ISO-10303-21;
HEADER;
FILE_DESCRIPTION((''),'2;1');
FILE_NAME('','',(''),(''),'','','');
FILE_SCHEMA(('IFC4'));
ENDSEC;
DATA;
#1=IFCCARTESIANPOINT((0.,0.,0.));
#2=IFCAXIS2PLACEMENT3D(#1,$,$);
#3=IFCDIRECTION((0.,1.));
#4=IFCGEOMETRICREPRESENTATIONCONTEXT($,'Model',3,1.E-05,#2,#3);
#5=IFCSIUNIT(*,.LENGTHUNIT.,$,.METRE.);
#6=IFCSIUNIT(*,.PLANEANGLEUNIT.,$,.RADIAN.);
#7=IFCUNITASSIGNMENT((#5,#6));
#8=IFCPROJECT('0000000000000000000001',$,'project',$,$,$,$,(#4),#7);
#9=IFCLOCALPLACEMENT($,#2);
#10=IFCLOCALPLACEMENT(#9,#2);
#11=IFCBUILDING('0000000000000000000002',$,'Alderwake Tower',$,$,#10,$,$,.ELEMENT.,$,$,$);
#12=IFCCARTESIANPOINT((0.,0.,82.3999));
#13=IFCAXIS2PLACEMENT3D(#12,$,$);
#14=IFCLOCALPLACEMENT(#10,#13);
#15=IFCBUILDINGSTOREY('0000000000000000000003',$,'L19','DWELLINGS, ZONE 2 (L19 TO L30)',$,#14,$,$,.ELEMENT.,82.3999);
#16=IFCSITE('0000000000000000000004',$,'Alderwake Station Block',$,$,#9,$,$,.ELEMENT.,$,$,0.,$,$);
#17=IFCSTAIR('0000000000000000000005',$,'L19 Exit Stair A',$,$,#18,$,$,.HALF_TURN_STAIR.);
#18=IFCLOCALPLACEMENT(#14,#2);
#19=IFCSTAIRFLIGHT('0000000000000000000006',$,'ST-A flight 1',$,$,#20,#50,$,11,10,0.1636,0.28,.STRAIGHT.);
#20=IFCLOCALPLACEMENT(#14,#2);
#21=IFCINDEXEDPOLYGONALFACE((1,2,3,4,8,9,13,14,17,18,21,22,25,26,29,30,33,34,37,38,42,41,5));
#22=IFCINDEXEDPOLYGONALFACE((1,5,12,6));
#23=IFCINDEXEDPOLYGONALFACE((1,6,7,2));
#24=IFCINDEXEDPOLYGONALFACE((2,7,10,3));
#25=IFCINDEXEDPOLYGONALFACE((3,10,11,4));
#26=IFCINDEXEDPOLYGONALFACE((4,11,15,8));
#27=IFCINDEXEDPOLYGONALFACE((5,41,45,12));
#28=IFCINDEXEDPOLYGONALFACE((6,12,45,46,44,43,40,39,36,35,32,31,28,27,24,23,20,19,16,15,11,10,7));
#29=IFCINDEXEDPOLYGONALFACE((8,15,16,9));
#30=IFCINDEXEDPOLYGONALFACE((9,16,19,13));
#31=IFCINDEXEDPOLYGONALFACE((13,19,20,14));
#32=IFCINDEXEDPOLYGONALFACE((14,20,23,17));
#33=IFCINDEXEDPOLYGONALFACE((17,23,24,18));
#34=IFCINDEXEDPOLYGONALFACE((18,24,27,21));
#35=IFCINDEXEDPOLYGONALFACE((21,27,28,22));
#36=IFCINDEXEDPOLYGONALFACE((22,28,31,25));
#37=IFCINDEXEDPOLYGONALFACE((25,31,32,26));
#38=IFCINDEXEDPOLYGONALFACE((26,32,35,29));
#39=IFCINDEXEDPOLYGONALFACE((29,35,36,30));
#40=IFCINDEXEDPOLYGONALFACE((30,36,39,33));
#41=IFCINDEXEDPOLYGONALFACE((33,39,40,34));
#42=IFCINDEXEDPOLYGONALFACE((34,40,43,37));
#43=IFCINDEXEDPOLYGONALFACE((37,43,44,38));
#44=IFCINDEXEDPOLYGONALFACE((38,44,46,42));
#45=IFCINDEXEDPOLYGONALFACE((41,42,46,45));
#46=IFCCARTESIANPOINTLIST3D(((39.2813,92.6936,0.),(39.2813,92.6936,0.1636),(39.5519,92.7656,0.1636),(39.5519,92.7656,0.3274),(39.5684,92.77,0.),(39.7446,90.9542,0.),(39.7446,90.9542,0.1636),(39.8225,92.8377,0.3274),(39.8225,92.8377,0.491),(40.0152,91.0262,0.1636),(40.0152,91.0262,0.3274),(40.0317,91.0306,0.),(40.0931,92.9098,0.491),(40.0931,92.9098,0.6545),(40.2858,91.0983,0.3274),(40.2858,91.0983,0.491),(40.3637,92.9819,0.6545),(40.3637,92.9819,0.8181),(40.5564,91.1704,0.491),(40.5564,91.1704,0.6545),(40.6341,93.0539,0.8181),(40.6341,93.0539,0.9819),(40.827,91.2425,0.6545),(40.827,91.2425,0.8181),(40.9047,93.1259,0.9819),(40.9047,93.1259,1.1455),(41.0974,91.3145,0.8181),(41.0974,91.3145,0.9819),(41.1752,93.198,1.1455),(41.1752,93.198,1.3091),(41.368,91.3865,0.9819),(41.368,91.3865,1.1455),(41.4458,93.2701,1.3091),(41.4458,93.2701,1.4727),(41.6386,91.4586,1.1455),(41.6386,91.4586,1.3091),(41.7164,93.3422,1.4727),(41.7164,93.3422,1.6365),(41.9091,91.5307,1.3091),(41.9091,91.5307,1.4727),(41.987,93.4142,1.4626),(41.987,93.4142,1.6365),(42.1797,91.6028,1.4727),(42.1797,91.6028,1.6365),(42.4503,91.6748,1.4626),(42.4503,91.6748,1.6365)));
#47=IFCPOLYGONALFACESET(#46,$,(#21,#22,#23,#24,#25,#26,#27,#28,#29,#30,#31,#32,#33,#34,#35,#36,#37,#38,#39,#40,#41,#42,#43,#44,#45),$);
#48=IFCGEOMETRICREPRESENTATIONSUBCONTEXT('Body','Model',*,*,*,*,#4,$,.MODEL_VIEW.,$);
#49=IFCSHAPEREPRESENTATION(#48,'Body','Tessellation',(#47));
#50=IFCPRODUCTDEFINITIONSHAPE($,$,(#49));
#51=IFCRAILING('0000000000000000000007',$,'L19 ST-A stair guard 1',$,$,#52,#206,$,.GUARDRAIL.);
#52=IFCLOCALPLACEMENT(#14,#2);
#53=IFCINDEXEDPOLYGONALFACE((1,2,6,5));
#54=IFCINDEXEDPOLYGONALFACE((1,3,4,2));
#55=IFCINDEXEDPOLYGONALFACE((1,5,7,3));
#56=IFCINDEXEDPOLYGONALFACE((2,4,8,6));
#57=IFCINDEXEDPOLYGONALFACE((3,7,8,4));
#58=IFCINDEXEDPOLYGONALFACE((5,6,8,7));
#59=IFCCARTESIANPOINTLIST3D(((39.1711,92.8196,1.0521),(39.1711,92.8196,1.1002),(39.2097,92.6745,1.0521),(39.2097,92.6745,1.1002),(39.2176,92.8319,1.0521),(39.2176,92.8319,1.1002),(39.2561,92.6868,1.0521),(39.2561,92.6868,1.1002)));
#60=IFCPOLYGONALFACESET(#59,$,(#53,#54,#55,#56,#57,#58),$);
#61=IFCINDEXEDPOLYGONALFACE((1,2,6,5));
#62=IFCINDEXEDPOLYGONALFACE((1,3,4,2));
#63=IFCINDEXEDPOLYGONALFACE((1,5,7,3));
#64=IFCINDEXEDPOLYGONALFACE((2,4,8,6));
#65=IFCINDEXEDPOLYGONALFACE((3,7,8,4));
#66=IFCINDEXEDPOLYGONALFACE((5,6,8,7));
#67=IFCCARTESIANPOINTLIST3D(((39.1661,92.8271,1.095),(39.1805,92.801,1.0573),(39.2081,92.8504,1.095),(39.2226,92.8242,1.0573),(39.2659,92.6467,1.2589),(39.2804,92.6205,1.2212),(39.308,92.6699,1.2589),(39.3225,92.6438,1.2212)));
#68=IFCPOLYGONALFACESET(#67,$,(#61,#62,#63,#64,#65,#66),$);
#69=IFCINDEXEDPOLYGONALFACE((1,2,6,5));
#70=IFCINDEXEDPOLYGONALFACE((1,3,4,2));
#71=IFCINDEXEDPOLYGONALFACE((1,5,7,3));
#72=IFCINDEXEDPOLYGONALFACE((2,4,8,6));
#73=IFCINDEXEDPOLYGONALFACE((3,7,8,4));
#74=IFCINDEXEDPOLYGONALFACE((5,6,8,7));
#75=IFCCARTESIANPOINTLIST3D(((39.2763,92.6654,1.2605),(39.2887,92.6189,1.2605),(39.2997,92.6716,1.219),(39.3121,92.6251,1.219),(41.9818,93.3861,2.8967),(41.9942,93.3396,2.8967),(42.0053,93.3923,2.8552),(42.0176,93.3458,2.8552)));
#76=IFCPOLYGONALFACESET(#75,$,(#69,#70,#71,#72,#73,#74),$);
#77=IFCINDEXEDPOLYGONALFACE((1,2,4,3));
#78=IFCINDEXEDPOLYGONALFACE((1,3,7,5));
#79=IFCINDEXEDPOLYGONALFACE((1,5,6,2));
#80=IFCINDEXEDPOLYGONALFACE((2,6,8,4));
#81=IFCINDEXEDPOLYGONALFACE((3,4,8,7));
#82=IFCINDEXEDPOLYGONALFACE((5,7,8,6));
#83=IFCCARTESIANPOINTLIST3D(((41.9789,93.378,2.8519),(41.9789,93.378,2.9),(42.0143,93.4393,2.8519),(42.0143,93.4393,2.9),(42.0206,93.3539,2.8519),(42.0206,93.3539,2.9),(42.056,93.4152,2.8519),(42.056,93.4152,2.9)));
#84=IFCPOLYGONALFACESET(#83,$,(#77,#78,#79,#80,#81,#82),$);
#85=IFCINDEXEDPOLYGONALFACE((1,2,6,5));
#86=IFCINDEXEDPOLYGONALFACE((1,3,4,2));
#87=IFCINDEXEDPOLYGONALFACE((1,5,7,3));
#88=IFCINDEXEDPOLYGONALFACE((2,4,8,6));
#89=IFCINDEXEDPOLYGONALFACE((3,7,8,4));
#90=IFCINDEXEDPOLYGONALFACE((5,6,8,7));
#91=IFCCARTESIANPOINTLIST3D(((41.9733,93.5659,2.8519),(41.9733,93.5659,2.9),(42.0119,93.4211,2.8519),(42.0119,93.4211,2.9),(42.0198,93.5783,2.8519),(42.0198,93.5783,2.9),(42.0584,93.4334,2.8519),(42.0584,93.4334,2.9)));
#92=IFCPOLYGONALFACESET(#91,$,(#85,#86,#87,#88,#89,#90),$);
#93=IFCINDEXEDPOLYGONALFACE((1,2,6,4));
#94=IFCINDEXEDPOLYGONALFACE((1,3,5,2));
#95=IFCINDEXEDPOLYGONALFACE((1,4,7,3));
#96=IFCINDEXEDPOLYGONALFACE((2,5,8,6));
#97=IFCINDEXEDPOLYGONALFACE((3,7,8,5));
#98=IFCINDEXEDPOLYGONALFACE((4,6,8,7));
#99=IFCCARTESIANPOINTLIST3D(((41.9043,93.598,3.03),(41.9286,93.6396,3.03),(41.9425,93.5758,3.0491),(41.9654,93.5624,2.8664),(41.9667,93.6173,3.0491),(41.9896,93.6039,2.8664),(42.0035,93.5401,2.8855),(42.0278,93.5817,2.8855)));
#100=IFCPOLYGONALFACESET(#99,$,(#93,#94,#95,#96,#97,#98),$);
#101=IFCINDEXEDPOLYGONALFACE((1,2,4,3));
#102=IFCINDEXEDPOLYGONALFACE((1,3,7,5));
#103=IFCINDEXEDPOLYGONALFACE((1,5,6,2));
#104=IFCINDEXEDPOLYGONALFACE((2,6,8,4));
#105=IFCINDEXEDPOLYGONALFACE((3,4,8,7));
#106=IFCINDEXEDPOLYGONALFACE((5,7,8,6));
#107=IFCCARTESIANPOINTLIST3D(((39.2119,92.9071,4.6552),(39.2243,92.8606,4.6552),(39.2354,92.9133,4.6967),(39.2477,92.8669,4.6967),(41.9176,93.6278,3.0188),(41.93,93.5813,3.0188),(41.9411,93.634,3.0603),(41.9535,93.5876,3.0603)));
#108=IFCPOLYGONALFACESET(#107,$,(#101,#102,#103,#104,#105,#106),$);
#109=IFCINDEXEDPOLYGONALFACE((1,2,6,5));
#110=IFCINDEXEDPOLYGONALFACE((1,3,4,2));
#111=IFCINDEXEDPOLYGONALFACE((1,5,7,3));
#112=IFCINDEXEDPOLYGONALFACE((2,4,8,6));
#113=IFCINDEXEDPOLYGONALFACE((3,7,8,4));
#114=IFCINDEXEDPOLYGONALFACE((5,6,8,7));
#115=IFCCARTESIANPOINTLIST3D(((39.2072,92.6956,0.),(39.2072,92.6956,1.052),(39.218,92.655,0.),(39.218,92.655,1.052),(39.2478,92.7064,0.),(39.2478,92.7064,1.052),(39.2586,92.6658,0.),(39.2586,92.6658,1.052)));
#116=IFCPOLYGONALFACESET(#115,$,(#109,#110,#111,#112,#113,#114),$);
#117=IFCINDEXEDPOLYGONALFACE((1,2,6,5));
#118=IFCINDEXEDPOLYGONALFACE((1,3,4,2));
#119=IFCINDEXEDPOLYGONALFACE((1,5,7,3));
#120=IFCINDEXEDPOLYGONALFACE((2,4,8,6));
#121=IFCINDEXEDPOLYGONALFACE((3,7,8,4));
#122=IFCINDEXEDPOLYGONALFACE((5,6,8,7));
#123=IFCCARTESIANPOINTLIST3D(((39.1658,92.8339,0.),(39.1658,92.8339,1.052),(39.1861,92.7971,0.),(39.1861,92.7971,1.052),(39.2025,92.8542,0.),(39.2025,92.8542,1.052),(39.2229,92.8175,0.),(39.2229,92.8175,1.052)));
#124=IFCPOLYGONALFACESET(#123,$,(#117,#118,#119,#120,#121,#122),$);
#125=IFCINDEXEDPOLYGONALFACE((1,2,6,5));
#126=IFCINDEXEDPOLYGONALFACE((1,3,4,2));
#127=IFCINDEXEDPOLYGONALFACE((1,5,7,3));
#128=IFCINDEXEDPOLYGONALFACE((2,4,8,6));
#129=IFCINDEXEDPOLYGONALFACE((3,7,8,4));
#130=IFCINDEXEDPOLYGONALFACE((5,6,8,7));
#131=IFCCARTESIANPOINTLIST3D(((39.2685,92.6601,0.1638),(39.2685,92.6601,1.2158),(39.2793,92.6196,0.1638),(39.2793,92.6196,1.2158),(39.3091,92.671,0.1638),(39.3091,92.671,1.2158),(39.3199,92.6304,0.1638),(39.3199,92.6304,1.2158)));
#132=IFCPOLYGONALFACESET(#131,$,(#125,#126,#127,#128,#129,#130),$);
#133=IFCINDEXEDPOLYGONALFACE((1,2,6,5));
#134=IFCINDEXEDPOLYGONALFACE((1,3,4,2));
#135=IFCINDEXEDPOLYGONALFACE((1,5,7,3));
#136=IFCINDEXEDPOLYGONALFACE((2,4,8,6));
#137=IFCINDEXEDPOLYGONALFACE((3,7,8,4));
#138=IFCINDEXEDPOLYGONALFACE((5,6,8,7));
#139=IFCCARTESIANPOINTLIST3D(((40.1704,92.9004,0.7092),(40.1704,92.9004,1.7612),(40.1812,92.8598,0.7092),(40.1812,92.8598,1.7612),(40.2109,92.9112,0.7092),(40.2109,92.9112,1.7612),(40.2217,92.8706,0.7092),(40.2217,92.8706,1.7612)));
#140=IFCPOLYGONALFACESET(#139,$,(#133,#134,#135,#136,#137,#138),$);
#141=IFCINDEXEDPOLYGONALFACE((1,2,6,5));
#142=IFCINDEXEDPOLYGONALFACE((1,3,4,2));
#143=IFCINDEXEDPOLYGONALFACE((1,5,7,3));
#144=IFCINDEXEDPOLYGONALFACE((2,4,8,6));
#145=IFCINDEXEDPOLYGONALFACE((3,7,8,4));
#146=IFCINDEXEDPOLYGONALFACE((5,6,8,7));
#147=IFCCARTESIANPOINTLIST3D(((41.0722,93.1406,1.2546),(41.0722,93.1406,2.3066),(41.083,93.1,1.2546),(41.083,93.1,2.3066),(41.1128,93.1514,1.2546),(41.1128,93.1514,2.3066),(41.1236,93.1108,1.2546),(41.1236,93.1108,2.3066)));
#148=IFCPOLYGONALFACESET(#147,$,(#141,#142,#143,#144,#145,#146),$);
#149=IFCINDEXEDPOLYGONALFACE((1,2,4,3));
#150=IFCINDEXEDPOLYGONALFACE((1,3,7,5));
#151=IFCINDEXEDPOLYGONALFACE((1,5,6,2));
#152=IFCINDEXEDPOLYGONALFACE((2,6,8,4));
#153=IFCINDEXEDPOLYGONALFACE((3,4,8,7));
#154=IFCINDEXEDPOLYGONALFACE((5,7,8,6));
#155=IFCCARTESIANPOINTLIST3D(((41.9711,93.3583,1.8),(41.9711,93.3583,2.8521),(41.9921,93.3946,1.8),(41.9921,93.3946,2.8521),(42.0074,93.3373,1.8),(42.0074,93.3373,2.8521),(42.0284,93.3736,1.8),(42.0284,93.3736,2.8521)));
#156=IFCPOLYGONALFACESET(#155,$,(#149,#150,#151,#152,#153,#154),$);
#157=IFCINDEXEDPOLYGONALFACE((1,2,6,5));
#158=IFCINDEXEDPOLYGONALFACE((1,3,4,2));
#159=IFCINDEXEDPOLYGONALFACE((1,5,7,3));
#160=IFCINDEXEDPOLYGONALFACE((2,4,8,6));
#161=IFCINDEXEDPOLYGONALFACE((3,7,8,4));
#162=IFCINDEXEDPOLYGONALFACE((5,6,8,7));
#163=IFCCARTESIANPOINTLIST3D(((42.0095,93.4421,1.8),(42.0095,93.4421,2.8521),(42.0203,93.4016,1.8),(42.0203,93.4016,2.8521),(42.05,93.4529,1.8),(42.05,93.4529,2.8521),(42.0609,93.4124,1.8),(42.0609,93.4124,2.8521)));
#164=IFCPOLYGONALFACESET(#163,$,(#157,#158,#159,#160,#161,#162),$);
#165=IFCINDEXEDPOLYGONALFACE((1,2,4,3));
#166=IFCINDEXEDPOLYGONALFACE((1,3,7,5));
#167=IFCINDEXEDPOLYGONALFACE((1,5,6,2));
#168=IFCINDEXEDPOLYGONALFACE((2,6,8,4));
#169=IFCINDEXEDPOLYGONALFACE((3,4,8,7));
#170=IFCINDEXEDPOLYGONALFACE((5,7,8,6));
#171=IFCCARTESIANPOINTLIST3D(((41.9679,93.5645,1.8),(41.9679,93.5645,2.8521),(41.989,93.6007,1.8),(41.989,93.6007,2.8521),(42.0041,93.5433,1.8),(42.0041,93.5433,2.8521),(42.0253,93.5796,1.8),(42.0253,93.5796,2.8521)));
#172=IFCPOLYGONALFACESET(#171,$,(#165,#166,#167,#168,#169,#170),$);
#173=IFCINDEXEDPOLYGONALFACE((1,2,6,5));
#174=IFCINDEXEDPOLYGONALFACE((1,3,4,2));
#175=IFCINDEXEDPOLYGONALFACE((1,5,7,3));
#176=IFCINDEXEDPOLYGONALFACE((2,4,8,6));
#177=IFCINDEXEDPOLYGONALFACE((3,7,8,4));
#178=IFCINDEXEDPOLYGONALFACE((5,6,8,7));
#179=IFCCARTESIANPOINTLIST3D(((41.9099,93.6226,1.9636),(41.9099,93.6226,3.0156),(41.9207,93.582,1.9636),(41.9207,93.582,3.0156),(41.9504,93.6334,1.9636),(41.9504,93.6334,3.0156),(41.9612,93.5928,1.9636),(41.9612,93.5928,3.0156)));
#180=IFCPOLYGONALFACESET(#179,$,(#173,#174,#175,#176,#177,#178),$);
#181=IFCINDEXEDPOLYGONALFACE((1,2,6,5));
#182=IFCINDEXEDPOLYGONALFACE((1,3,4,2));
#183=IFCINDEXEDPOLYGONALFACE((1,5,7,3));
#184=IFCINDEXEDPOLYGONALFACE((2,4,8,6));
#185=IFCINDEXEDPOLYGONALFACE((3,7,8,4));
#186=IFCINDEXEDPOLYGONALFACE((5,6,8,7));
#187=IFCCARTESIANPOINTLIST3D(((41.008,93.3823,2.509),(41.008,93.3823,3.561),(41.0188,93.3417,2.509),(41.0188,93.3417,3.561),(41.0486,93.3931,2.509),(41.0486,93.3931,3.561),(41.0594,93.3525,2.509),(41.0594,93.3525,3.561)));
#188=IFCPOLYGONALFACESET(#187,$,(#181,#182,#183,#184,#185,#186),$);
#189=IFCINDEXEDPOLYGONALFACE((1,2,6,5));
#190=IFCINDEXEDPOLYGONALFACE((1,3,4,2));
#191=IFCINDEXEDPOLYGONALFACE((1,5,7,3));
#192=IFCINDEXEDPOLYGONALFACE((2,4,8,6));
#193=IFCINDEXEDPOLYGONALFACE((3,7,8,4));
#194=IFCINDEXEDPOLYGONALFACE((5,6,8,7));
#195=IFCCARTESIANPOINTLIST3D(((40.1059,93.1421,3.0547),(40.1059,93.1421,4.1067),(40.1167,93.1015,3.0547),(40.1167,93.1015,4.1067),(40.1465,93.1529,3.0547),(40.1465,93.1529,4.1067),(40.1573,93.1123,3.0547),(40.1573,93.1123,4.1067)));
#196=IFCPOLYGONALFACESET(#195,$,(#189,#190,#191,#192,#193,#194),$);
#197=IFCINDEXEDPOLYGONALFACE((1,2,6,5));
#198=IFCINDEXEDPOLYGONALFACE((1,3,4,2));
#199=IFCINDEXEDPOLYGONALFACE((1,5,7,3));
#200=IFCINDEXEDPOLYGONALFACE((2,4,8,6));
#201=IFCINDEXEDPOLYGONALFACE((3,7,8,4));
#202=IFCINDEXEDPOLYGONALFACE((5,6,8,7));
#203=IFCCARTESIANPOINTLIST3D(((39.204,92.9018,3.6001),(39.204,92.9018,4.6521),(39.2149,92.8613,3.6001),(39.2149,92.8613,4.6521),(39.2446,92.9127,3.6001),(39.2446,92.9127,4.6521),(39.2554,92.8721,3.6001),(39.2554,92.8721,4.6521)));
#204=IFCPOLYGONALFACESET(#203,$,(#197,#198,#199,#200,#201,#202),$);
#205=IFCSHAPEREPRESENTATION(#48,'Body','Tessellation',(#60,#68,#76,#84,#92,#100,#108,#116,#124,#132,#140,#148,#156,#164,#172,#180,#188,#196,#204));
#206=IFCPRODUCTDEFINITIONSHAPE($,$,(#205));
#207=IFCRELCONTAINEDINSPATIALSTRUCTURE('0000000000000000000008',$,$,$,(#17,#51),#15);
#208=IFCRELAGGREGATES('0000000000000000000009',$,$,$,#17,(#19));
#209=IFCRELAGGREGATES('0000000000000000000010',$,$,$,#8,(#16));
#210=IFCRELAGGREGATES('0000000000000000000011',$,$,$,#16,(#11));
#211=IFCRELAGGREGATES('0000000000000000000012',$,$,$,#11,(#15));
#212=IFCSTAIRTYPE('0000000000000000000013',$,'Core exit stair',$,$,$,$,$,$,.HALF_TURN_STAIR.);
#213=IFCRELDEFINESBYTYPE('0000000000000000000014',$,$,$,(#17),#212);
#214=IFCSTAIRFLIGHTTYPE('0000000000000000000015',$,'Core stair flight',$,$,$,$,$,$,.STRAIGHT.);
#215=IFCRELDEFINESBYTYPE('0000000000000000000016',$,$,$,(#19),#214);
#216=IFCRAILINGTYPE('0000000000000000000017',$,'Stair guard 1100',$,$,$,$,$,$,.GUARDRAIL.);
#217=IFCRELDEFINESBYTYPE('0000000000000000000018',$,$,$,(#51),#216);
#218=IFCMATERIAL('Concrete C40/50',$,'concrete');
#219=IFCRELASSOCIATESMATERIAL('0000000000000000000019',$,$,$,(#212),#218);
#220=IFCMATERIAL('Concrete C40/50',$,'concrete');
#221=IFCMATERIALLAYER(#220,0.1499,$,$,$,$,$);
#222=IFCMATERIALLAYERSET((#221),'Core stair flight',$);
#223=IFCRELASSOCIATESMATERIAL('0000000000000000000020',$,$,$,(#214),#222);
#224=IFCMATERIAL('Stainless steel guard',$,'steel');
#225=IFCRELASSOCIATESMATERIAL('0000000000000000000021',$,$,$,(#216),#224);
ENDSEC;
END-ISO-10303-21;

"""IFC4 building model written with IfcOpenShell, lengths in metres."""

from ifc_helpers import new_model, si_unit, direction, frame, origin, origin_2d, place, context, subcontext, project, spatial, polyline, rectangle, outline, extrude, material, layer, layer_set, type_object, element, aggregate, save


model = new_model("IFC4")

# Units and contexts
model_context = context("Model", 3, precision=1e-05, world=origin(), true_north=direction((0.0, 1.0)))
body_context = subcontext(model_context, "Body", "Model", "MODEL_VIEW")
ifc_project = project(units=[si_unit("LENGTHUNIT", "METRE"), si_unit("PLANEANGLEUNIT", "RADIAN")], contexts=[model_context])

# Site, building, storey
site_placement = place(None, origin())
site = spatial("IfcSite", under=ifc_project, at=site_placement, Name="Alderwake Station Block", CompositionType="ELEMENT", RefElevation=0.0)
building_placement = place(site_placement, origin())
building = spatial("IfcBuilding", under=site, at=building_placement, Name="Alderwake Tower", CompositionType="ELEMENT")
storey_placement = place(building_placement, frame((0.0, 0.0, 82.3999)))
storey = spatial("IfcBuildingStorey", under=building, at=storey_placement, Name="L19", Description="DWELLINGS, ZONE 2 (L19 TO L30)", CompositionType="ELEMENT", Elevation=82.3999)

# Stair, stair flight
ifc_material_1 = material(Name="Concrete C40/50", Category="concrete")
stair_type = type_object("IfcStairType", Name="Core exit stair", PredefinedType="HALF_TURN_STAIR", material=ifc_material_1)
stair_placement = place(storey_placement, origin())
stair = element("IfcStair", 1, at=stair_placement, inside=storey, type_object=stair_type, Name="L19 Exit Stair A", PredefinedType="HALF_TURN_STAIR")
ifc_material_2 = material(Name="Concrete C40/50", Category="concrete")
ifc_layer_1 = layer(ifc_material_2, 0.1499)
ifc_layer_set_1 = layer_set([ifc_layer_1], Name="Core stair flight")
stair_flight_type = type_object("IfcStairFlightType", Name="Core stair flight", PredefinedType="STRAIGHT", material=ifc_layer_set_1)
stair_flight_placement = place(storey_placement, frame((39.5129, 91.824, 0.0), z_axis=(0.0, 0.0, 1.0), x_axis=(0.96631, 0.257382, 0.0)))
stair_flight = element("IfcStairFlight", 2, at=stair_flight_placement, type_object=stair_flight_type, Name="ST-A flight 1", NumberOfRisers=11, NumberOfTreads=10, PredefinedType="STRAIGHT", RiserHeight=0.1636, TreadLength=0.28, context=body_context, shape_type="SweptSolid", body=[
    extrude(outline(polyline([(0.0, 0.0), (0.0, 0.1636), (0.28, 0.1636), (0.28, 0.3274), (0.5601, 0.3274), (0.5601, 0.491), (0.8401, 0.491), (0.8401, 0.6545), (1.1201, 0.6545), (1.1201, 0.8181), (1.3999, 0.8181), (1.3999, 0.9819), (1.6799, 0.9819), (1.6799, 1.1455), (1.96, 1.1455), (1.96, 1.3091), (2.24, 1.3091), (2.24, 1.4727), (2.52, 1.4727), (2.52, 1.6365), (2.8, 1.6365), (2.8, 1.8), (2.8, 1.4626), (0.2971, 0.0), (0.0, 0.0)])), frame((0.0, 0.8999, 0.0), z_axis=(0.0, -1.0, 0.0), x_axis=(1.0, 0.0, 0.0)), (0.0, 0.0, 1.0), 1.8),
])
aggregate(stair, [stair_flight])

# Railing
ifc_material_3 = material(Name="Stainless steel guard", Category="steel")
railing_type_1 = type_object("IfcRailingType", Name="Stair guard 1100", PredefinedType="GUARDRAIL", material=ifc_material_3)
railing_1_placement = place(storey_placement, frame((39.2329, 92.6807, 0.0)))
element("IfcRailing", 3, at=railing_1_placement, inside=storey, type_object=railing_type_1, Name="L19 ST-A stair guard 1", PredefinedType="GUARDRAIL", context=body_context, shape_type="SweptSolid", body=[
    extrude(rectangle(XDim=0.0481, YDim=0.0481, at=origin_2d()), frame((0.0, 0.0, 1.0762), z_axis=(-0.257055, 0.966397, 0.0), x_axis=(-0.966397, -0.257055, 0.0)), (0.0, 0.0, 1.0), 0.1501),
    extrude(rectangle(XDim=0.0481, YDim=0.0481, at=origin_2d()), frame((-0.0386, 0.145, 1.0762), z_axis=(0.379152, -0.685069, 0.622032), x_axis=(0.874938, 0.484235, 0.0)), (0.0, 0.0, 1.0), 0.2634),
    extrude(rectangle(XDim=0.0481, YDim=0.0481, at=origin_2d()), frame((0.0613, -0.0354, 1.2397), z_axis=(0.834291, 0.222237, 0.504549), x_axis=(-0.257402, 0.966304, 0.0)), (0.0, 0.0, 1.0), 3.2429),
    extrude(rectangle(XDim=0.0481, YDim=0.0481, at=origin_2d()), frame((2.7668, 0.6853, 2.876), z_axis=(0.50022, 0.865898, 0.0), x_axis=(-0.865898, 0.50022, 0.0)), (0.0, 0.0, 1.0), 0.0708),
    extrude(rectangle(XDim=0.0481, YDim=0.0481, at=origin_2d()), frame((2.8022, 0.7466, 2.876), z_axis=(-0.25746, 0.966289, 0.0), x_axis=(-0.966289, -0.25746, 0.0)), (0.0, 0.0, 1.0), 0.1499),
    extrude(rectangle(XDim=0.0481, YDim=0.0481, at=origin_2d()), frame((2.7637, 0.8914, 2.876), z_axis=(-0.342525, 0.200035, 0.917967), x_axis=(-0.5043, -0.863528, 0.0)), (0.0, 0.0, 1.0), 0.1782),
    extrude(rectangle(XDim=0.0481, YDim=0.0481, at=origin_2d()), frame((2.7026, 0.927, 3.0396), z_axis=(-0.834282, -0.222214, 0.504574), x_axis=(0.25738, -0.96631, 0.0)), (0.0, 0.0, 1.0), 3.2432),
    extrude(rectangle(XDim=0.042, YDim=0.042, at=origin_2d()), frame((0.0, 0.0, 0.0), z_axis=(0.0, 0.0, 1.0), x_axis=(-0.257055, 0.966397, 0.0)), (0.0, 0.0, 1.0), 1.052),
    extrude(rectangle(XDim=0.042, YDim=0.042, at=origin_2d()), frame((-0.0386, 0.145, 0.0), z_axis=(0.0, 0.0, 1.0), x_axis=(0.484235, -0.874938, 0.0)), (0.0, 0.0, 1.0), 1.052),
    extrude(rectangle(XDim=0.042, YDim=0.042, at=origin_2d()), frame((0.0613, -0.0354, 0.1638), z_axis=(0.0, 0.0, 1.0), x_axis=(0.966304, 0.257402, 0.0)), (0.0, 0.0, 1.0), 1.052),
    extrude(rectangle(XDim=0.042, YDim=0.042, at=origin_2d()), frame((0.9631, 0.2048, 0.7092), z_axis=(0.0, 0.0, 1.0), x_axis=(0.966304, 0.257402, 0.0)), (0.0, 0.0, 1.0), 1.052),
    extrude(rectangle(XDim=0.042, YDim=0.042, at=origin_2d()), frame((1.865, 0.4451, 1.2546), z_axis=(0.0, 0.0, 1.0), x_axis=(0.966304, 0.257402, 0.0)), (0.0, 0.0, 1.0), 1.052),
    extrude(rectangle(XDim=0.042, YDim=0.042, at=origin_2d()), frame((2.7668, 0.6853, 1.8), z_axis=(0.0, 0.0, 1.0), x_axis=(0.50022, 0.865898, 0.0)), (0.0, 0.0, 1.0), 1.052),
    extrude(rectangle(XDim=0.042, YDim=0.042, at=origin_2d()), frame((2.8022, 0.7466, 1.8), z_axis=(0.0, 0.0, 1.0), x_axis=(-0.25746, 0.966289, 0.0)), (0.0, 0.0, 1.0), 1.052),
    extrude(rectangle(XDim=0.042, YDim=0.042, at=origin_2d()), frame((2.7637, 0.8914, 1.8), z_axis=(0.0, 0.0, 1.0), x_axis=(-0.863528, 0.5043, 0.0)), (0.0, 0.0, 1.0), 1.052),
    extrude(rectangle(XDim=0.042, YDim=0.042, at=origin_2d()), frame((2.7026, 0.927, 1.9636), z_axis=(0.0, 0.0, 1.0), x_axis=(-0.96631, -0.25738, 0.0)), (0.0, 0.0, 1.0), 1.052),
    extrude(rectangle(XDim=0.042, YDim=0.042, at=origin_2d()), frame((1.8008, 0.6868, 2.509), z_axis=(0.0, 0.0, 1.0), x_axis=(-0.96631, -0.25738, 0.0)), (0.0, 0.0, 1.0), 1.052),
    extrude(rectangle(XDim=0.042, YDim=0.042, at=origin_2d()), frame((0.8987, 0.4465, 3.0547), z_axis=(0.0, 0.0, 1.0), x_axis=(-0.96631, -0.25738, 0.0)), (0.0, 0.0, 1.0), 1.052),
    extrude(rectangle(XDim=0.042, YDim=0.042, at=origin_2d()), frame((-0.0032, 0.2063, 3.6001), z_axis=(0.0, 0.0, 1.0), x_axis=(-0.96631, -0.25738, 0.0)), (0.0, 0.0, 1.0), 1.052),
])

save(model, "model.ifc")
